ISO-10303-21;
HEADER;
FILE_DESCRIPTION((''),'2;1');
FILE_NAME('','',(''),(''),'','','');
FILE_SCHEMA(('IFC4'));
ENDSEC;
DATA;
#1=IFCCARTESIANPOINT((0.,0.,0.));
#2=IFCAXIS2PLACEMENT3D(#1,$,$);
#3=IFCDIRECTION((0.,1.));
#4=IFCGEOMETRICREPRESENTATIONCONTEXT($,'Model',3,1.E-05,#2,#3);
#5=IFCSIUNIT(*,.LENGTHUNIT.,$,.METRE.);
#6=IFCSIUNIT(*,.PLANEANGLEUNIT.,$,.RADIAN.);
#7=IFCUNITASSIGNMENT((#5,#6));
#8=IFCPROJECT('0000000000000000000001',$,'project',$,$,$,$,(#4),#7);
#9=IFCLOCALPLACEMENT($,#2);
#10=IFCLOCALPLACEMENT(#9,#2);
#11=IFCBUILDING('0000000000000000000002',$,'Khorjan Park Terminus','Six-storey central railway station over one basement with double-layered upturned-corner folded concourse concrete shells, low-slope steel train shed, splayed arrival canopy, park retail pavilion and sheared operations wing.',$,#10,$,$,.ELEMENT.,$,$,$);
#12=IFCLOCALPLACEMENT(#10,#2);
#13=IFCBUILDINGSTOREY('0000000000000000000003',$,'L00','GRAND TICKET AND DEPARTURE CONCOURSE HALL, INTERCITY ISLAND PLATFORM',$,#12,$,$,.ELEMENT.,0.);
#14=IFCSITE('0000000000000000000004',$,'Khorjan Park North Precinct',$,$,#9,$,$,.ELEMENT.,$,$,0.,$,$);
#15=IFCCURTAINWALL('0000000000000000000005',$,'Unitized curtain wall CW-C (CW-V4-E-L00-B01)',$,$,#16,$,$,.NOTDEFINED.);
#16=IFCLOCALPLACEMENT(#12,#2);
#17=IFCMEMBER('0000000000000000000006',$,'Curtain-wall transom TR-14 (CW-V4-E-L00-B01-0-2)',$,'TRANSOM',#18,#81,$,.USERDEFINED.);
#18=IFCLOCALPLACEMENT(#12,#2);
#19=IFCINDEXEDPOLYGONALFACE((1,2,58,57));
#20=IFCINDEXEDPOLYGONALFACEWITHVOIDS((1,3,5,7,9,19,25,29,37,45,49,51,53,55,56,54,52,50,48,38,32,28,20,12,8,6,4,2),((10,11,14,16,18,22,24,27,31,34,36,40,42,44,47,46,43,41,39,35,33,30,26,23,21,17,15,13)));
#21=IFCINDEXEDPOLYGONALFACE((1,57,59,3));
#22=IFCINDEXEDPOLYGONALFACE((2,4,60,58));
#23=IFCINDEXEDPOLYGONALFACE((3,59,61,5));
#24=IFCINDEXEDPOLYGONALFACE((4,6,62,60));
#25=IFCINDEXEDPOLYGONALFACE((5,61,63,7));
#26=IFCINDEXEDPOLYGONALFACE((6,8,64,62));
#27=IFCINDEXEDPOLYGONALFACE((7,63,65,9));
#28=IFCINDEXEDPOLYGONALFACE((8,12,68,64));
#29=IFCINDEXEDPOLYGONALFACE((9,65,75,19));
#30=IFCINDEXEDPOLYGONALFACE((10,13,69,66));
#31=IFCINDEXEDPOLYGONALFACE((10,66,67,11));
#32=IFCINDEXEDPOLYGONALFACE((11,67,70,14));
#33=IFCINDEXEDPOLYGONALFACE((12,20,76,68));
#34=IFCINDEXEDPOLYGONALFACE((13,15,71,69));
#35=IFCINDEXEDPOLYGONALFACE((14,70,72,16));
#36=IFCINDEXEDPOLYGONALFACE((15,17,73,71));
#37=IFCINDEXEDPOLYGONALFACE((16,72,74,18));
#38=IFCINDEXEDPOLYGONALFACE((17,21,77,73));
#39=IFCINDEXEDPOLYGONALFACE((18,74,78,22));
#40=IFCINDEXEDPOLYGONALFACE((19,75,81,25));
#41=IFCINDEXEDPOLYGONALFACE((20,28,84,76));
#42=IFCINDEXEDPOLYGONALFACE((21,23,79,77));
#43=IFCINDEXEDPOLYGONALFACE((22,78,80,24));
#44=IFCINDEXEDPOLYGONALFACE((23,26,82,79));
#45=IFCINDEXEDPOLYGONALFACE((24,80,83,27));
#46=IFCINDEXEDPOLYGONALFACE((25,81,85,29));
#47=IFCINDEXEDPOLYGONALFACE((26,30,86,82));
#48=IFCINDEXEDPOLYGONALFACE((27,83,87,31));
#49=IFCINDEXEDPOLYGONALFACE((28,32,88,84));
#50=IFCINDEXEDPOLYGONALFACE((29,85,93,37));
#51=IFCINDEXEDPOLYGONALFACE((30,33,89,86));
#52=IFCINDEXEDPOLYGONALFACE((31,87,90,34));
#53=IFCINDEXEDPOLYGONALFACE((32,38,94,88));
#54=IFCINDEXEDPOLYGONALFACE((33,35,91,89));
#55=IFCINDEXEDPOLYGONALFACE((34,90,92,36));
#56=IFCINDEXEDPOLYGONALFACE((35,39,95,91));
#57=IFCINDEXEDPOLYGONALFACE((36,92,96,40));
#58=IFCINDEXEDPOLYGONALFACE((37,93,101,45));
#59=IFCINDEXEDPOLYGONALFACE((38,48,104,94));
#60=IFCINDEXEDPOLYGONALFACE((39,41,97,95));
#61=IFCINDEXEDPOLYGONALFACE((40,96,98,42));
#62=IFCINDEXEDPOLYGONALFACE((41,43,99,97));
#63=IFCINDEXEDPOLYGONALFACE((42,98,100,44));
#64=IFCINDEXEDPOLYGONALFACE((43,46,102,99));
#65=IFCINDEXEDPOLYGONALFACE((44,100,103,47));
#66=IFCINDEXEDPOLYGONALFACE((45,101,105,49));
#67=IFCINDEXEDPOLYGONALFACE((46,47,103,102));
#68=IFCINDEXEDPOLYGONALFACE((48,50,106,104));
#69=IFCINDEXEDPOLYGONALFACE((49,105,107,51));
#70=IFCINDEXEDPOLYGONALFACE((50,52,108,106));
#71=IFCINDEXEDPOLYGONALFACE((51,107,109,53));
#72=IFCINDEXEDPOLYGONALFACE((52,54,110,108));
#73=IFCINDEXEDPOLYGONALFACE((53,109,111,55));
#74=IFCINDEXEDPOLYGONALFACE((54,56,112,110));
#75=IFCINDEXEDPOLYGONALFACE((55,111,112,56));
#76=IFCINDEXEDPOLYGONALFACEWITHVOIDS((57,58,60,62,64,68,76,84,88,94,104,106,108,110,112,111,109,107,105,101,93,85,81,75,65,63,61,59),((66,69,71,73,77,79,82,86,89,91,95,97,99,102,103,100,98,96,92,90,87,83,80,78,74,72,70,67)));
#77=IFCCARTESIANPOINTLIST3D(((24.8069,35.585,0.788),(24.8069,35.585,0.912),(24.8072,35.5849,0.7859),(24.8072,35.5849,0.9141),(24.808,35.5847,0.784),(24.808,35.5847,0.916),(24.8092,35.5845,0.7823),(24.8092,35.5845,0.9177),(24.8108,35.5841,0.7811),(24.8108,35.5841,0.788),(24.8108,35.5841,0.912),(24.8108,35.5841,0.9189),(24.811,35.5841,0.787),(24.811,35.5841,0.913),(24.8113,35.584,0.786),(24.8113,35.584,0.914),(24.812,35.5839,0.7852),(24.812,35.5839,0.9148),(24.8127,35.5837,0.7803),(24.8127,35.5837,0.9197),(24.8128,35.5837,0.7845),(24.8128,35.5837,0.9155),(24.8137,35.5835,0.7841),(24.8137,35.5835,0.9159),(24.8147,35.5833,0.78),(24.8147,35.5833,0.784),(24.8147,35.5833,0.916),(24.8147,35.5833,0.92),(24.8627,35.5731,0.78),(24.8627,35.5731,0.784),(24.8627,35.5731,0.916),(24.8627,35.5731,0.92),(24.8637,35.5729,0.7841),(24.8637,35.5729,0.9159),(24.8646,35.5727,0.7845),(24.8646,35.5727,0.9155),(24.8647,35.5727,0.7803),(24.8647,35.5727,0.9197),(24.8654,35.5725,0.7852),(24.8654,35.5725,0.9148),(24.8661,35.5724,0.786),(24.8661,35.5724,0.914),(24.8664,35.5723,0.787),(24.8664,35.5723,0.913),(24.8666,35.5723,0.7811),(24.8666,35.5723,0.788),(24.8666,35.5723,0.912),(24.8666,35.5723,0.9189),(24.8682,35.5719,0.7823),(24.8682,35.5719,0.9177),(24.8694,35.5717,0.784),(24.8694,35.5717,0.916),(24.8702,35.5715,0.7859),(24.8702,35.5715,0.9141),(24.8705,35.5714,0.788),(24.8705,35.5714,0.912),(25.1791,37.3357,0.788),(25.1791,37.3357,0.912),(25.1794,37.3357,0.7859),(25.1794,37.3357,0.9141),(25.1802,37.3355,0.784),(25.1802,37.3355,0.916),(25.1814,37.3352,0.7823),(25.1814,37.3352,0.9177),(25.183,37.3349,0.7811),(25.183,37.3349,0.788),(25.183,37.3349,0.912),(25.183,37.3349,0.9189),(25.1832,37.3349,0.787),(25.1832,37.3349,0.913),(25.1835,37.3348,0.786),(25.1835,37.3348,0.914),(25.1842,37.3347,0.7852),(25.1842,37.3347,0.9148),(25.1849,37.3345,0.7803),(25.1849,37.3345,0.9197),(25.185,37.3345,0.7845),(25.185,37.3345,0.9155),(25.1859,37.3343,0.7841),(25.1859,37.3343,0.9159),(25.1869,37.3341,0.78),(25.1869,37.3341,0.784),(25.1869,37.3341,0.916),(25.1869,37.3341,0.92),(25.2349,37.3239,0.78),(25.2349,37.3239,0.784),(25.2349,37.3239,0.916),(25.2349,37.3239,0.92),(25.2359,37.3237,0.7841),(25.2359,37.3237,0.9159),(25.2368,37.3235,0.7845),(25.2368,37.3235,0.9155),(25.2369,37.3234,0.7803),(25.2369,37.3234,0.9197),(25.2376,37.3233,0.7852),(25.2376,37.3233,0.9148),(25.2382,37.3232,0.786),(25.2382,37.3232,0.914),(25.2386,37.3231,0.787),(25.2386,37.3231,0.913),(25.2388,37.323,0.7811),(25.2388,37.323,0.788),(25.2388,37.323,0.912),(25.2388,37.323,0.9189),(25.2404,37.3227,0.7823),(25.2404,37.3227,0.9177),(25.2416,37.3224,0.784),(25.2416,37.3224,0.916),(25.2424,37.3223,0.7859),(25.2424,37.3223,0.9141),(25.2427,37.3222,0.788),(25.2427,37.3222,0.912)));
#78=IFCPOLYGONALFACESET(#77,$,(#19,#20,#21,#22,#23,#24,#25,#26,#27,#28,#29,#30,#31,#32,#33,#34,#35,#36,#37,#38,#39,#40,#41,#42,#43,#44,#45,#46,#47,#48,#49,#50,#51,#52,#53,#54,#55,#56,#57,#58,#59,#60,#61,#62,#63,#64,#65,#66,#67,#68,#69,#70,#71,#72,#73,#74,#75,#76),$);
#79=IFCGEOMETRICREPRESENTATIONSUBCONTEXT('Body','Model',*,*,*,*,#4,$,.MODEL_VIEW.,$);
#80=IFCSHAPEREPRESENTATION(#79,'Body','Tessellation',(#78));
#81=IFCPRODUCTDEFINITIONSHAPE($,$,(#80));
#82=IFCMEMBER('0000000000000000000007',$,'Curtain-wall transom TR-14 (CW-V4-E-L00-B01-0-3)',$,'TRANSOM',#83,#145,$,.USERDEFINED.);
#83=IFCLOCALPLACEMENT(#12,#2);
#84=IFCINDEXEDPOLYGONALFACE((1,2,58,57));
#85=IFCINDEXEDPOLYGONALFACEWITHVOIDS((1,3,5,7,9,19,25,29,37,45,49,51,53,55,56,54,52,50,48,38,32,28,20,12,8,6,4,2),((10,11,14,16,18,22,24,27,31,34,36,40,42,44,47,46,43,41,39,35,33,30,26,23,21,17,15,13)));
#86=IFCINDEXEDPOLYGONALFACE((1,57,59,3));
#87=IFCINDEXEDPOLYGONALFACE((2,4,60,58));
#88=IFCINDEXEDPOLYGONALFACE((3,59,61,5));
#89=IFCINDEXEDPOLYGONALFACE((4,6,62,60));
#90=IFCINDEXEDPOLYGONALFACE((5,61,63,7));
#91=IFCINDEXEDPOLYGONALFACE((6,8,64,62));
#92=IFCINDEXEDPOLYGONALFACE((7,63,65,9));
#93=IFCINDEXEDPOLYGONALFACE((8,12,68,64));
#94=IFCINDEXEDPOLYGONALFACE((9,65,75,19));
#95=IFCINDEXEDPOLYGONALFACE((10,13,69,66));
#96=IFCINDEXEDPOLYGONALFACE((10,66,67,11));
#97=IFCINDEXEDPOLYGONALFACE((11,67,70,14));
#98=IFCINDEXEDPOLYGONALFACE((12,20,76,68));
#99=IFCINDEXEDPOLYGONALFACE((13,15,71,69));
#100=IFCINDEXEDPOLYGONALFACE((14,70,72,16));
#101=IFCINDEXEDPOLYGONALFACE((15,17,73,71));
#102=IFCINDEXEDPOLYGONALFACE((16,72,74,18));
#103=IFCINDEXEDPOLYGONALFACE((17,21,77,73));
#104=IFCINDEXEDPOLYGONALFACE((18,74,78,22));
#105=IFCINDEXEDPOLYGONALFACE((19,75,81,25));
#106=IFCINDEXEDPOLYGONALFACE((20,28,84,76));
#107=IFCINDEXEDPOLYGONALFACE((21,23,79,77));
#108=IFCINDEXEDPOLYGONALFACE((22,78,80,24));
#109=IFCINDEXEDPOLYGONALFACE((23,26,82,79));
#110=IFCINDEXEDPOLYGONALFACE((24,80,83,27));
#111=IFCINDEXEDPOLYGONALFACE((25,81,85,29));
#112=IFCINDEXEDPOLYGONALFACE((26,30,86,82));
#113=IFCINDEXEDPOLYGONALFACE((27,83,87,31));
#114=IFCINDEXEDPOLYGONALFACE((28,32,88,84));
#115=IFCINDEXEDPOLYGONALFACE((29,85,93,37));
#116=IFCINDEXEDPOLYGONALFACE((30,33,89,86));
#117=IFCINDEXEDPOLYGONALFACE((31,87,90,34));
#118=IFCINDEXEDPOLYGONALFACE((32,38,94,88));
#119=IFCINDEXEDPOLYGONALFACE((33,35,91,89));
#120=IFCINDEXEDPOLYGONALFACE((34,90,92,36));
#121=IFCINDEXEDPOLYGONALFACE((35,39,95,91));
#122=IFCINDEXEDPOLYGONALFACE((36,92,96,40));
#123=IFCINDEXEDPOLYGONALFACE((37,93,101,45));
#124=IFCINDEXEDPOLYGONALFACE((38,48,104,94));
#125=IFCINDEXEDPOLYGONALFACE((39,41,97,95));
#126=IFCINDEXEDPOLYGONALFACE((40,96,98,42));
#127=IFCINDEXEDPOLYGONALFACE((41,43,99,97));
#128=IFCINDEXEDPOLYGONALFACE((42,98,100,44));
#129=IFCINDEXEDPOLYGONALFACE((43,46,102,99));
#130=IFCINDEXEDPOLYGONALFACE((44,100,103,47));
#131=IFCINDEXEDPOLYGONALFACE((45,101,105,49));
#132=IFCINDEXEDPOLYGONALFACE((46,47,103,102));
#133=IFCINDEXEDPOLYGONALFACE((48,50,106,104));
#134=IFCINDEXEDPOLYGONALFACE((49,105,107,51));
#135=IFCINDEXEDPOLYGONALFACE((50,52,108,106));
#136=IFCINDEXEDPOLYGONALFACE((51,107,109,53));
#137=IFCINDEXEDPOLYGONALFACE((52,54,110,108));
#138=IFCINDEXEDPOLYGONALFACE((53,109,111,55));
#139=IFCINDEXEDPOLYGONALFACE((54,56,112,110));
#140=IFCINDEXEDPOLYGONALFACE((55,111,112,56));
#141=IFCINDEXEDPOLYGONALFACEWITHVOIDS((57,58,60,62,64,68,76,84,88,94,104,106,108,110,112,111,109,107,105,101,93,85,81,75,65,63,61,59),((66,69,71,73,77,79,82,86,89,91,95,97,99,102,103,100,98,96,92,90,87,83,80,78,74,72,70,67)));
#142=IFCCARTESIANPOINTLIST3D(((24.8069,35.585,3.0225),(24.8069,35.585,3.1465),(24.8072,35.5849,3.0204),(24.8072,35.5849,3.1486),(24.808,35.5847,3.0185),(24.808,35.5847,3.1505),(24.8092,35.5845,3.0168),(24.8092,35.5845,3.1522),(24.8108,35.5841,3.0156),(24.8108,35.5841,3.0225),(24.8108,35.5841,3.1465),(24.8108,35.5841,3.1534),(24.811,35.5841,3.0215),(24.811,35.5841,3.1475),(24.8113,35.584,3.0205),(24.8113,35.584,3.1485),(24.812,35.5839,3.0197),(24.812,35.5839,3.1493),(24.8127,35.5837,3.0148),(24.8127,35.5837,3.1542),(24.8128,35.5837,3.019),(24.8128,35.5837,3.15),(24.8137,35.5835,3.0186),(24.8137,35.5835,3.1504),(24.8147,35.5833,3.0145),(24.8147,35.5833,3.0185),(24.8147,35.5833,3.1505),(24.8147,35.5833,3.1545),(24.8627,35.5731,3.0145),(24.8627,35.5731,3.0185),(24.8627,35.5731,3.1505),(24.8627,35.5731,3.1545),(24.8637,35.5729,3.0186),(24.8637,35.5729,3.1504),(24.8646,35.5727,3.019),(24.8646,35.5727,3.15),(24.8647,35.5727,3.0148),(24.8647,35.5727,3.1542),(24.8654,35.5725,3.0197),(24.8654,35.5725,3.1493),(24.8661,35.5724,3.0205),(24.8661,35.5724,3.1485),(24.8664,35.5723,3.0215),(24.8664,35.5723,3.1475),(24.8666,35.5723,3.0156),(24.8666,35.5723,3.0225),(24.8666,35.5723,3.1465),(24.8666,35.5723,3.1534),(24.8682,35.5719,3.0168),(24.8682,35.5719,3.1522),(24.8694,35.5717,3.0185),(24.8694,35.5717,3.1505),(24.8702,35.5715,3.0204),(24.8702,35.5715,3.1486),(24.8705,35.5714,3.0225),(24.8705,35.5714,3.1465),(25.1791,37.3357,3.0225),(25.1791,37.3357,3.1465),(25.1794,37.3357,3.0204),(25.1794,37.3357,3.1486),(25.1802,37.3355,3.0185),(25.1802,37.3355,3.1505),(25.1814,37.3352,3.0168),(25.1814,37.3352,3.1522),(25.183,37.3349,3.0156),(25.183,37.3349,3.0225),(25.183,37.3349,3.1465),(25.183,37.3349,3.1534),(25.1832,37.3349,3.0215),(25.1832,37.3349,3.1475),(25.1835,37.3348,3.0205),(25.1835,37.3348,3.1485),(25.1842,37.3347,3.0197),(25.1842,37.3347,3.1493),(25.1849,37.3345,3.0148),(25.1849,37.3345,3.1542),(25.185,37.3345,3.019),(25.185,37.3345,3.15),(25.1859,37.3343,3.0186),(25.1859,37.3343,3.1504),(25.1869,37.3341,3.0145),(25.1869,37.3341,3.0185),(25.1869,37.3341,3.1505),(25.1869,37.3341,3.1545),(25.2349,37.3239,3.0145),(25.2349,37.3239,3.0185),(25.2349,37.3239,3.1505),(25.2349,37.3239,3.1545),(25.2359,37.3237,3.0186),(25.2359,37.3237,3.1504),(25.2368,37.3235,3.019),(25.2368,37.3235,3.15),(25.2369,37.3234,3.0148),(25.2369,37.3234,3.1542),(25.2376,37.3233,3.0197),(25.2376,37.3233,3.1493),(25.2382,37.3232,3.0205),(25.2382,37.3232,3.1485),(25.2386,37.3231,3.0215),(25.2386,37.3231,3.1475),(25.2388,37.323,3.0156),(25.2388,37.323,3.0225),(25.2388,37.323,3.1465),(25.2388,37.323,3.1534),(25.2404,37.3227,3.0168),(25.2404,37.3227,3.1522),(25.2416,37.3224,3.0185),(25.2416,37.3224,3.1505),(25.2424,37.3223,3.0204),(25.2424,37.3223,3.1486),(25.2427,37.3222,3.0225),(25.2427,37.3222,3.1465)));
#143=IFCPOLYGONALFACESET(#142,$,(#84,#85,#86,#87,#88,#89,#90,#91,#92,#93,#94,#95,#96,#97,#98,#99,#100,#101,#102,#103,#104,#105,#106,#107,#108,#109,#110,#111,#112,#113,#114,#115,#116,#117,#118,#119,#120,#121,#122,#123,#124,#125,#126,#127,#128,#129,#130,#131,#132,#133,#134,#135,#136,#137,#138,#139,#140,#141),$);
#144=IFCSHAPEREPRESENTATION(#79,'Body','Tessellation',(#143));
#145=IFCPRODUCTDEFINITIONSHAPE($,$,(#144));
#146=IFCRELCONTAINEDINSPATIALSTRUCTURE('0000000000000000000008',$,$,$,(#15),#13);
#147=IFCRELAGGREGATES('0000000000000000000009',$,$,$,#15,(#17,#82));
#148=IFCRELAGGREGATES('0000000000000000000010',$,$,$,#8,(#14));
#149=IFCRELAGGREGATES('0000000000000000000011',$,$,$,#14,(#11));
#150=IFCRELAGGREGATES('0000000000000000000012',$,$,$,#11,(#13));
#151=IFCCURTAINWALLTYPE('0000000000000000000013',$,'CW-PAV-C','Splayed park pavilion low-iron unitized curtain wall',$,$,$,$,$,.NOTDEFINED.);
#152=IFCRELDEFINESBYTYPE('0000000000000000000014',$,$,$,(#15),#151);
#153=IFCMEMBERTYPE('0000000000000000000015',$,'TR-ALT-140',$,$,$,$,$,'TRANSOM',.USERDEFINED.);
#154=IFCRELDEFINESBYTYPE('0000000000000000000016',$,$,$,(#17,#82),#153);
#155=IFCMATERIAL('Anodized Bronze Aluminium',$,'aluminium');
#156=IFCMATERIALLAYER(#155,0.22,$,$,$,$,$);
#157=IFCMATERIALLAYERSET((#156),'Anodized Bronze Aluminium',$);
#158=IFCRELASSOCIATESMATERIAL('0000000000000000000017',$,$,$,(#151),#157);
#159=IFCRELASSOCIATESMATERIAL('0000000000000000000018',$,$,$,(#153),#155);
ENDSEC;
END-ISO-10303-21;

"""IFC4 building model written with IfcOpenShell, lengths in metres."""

from ifc_helpers import new_model, si_unit, direction, frame, origin, origin_2d, place, context, subcontext, project, spatial, hollow_rectangle, extrude, material, layer, layer_set, material_profile, profile_set, type_object, element, aggregate, save


model = new_model("IFC4")

# Units and contexts
model_context = context("Model", 3, precision=1e-05, world=origin(), true_north=direction((0.0, 1.0)))
body_context = subcontext(model_context, "Body", "Model", "MODEL_VIEW")
ifc_project = project(units=[si_unit("LENGTHUNIT", "METRE"), si_unit("PLANEANGLEUNIT", "RADIAN")], contexts=[model_context])

# Site, building, storey
site_placement = place(None, origin())
site = spatial("IfcSite", under=ifc_project, at=site_placement, Name="Khorjan Park North Precinct", CompositionType="ELEMENT", RefElevation=0.0)
building_placement = place(site_placement, origin())
building = spatial("IfcBuilding", under=site, at=building_placement, Name="Khorjan Park Terminus", Description="Six-storey central railway station over one basement with double-layered upturned-corner folded concourse concrete shells, low-slope steel train shed, splayed arrival canopy, park retail pavilion and sheared operations wing.", CompositionType="ELEMENT")
storey_placement = place(building_placement, origin())
storey = spatial("IfcBuildingStorey", under=building, at=storey_placement, Name="L00", Description="GRAND TICKET AND DEPARTURE CONCOURSE HALL, INTERCITY ISLAND PLATFORM", CompositionType="ELEMENT", Elevation=0.0)

# Curtain wall, members
ifc_material_1 = material(Name="Anodized Bronze Aluminium", Category="aluminium")
ifc_layer_1 = layer(ifc_material_1, 0.22)
ifc_layer_set_1 = layer_set([ifc_layer_1], Name="Anodized Bronze Aluminium")
curtain_wall_type = type_object("IfcCurtainWallType", Name="CW-PAV-C", Description="Splayed park pavilion low-iron unitized curtain wall", PredefinedType="NOTDEFINED", material=ifc_layer_set_1)
curtain_wall_placement = place(storey_placement, origin())
curtain_wall = element("IfcCurtainWall", 1, at=curtain_wall_placement, inside=storey, type_object=curtain_wall_type, Name="Unitized curtain wall CW-C (CW-V4-E-L00-B01)", PredefinedType="NOTDEFINED")
ifc_material_profile_1 = material_profile(ifc_material_1, hollow_rectangle(XDim=0.065, YDim=0.14, WallThickness=0.004, InnerFilletRadius=0.004, OuterFilletRadius=0.008, at=origin_2d()), Name="ALT 65x140x4")
ifc_profile_set_1 = profile_set([ifc_material_profile_1], Name="Anodized Bronze Aluminium")
member_type_1 = type_object("IfcMemberType", Name="TR-ALT-140", ElementType="TRANSOM", PredefinedType="USERDEFINED", material=ifc_profile_set_1)
member_1_placement = place(storey_placement, frame((24.8387, 35.5782, 0.85), z_axis=(0.207942, 0.978141, 0.0), x_axis=(-0.978141, 0.207942, 0.0)))
member_1 = element("IfcMember", 2, at=member_1_placement, type_object=member_type_1, Name="Curtain-wall transom TR-14 (CW-V4-E-L00-B01-0-2)", ObjectType="TRANSOM", PredefinedType="USERDEFINED", context=body_context, shape_type="SweptSolid", body=[
    extrude(hollow_rectangle(XDim=0.065, YDim=0.14, WallThickness=0.004, InnerFilletRadius=0.004, OuterFilletRadius=0.008, at=origin_2d()), origin(), (0.0, 0.0, 1.0), 1.7899),
])
member_2_placement = place(storey_placement, frame((24.8387, 35.5782, 3.0845), z_axis=(0.207942, 0.978141, 0.0), x_axis=(-0.978141, 0.207942, 0.0)))
member_2 = element("IfcMember", 3, at=member_2_placement, type_object=member_type_1, Name="Curtain-wall transom TR-14 (CW-V4-E-L00-B01-0-3)", ObjectType="TRANSOM", PredefinedType="USERDEFINED", context=body_context, shape_type="SweptSolid", body=[
    extrude(hollow_rectangle(XDim=0.065, YDim=0.14, WallThickness=0.004, InnerFilletRadius=0.004, OuterFilletRadius=0.008, at=origin_2d()), origin(), (0.0, 0.0, 1.0), 1.7899),
])
aggregate(curtain_wall, [member_1, member_2])

save(model, "model.ifc")
